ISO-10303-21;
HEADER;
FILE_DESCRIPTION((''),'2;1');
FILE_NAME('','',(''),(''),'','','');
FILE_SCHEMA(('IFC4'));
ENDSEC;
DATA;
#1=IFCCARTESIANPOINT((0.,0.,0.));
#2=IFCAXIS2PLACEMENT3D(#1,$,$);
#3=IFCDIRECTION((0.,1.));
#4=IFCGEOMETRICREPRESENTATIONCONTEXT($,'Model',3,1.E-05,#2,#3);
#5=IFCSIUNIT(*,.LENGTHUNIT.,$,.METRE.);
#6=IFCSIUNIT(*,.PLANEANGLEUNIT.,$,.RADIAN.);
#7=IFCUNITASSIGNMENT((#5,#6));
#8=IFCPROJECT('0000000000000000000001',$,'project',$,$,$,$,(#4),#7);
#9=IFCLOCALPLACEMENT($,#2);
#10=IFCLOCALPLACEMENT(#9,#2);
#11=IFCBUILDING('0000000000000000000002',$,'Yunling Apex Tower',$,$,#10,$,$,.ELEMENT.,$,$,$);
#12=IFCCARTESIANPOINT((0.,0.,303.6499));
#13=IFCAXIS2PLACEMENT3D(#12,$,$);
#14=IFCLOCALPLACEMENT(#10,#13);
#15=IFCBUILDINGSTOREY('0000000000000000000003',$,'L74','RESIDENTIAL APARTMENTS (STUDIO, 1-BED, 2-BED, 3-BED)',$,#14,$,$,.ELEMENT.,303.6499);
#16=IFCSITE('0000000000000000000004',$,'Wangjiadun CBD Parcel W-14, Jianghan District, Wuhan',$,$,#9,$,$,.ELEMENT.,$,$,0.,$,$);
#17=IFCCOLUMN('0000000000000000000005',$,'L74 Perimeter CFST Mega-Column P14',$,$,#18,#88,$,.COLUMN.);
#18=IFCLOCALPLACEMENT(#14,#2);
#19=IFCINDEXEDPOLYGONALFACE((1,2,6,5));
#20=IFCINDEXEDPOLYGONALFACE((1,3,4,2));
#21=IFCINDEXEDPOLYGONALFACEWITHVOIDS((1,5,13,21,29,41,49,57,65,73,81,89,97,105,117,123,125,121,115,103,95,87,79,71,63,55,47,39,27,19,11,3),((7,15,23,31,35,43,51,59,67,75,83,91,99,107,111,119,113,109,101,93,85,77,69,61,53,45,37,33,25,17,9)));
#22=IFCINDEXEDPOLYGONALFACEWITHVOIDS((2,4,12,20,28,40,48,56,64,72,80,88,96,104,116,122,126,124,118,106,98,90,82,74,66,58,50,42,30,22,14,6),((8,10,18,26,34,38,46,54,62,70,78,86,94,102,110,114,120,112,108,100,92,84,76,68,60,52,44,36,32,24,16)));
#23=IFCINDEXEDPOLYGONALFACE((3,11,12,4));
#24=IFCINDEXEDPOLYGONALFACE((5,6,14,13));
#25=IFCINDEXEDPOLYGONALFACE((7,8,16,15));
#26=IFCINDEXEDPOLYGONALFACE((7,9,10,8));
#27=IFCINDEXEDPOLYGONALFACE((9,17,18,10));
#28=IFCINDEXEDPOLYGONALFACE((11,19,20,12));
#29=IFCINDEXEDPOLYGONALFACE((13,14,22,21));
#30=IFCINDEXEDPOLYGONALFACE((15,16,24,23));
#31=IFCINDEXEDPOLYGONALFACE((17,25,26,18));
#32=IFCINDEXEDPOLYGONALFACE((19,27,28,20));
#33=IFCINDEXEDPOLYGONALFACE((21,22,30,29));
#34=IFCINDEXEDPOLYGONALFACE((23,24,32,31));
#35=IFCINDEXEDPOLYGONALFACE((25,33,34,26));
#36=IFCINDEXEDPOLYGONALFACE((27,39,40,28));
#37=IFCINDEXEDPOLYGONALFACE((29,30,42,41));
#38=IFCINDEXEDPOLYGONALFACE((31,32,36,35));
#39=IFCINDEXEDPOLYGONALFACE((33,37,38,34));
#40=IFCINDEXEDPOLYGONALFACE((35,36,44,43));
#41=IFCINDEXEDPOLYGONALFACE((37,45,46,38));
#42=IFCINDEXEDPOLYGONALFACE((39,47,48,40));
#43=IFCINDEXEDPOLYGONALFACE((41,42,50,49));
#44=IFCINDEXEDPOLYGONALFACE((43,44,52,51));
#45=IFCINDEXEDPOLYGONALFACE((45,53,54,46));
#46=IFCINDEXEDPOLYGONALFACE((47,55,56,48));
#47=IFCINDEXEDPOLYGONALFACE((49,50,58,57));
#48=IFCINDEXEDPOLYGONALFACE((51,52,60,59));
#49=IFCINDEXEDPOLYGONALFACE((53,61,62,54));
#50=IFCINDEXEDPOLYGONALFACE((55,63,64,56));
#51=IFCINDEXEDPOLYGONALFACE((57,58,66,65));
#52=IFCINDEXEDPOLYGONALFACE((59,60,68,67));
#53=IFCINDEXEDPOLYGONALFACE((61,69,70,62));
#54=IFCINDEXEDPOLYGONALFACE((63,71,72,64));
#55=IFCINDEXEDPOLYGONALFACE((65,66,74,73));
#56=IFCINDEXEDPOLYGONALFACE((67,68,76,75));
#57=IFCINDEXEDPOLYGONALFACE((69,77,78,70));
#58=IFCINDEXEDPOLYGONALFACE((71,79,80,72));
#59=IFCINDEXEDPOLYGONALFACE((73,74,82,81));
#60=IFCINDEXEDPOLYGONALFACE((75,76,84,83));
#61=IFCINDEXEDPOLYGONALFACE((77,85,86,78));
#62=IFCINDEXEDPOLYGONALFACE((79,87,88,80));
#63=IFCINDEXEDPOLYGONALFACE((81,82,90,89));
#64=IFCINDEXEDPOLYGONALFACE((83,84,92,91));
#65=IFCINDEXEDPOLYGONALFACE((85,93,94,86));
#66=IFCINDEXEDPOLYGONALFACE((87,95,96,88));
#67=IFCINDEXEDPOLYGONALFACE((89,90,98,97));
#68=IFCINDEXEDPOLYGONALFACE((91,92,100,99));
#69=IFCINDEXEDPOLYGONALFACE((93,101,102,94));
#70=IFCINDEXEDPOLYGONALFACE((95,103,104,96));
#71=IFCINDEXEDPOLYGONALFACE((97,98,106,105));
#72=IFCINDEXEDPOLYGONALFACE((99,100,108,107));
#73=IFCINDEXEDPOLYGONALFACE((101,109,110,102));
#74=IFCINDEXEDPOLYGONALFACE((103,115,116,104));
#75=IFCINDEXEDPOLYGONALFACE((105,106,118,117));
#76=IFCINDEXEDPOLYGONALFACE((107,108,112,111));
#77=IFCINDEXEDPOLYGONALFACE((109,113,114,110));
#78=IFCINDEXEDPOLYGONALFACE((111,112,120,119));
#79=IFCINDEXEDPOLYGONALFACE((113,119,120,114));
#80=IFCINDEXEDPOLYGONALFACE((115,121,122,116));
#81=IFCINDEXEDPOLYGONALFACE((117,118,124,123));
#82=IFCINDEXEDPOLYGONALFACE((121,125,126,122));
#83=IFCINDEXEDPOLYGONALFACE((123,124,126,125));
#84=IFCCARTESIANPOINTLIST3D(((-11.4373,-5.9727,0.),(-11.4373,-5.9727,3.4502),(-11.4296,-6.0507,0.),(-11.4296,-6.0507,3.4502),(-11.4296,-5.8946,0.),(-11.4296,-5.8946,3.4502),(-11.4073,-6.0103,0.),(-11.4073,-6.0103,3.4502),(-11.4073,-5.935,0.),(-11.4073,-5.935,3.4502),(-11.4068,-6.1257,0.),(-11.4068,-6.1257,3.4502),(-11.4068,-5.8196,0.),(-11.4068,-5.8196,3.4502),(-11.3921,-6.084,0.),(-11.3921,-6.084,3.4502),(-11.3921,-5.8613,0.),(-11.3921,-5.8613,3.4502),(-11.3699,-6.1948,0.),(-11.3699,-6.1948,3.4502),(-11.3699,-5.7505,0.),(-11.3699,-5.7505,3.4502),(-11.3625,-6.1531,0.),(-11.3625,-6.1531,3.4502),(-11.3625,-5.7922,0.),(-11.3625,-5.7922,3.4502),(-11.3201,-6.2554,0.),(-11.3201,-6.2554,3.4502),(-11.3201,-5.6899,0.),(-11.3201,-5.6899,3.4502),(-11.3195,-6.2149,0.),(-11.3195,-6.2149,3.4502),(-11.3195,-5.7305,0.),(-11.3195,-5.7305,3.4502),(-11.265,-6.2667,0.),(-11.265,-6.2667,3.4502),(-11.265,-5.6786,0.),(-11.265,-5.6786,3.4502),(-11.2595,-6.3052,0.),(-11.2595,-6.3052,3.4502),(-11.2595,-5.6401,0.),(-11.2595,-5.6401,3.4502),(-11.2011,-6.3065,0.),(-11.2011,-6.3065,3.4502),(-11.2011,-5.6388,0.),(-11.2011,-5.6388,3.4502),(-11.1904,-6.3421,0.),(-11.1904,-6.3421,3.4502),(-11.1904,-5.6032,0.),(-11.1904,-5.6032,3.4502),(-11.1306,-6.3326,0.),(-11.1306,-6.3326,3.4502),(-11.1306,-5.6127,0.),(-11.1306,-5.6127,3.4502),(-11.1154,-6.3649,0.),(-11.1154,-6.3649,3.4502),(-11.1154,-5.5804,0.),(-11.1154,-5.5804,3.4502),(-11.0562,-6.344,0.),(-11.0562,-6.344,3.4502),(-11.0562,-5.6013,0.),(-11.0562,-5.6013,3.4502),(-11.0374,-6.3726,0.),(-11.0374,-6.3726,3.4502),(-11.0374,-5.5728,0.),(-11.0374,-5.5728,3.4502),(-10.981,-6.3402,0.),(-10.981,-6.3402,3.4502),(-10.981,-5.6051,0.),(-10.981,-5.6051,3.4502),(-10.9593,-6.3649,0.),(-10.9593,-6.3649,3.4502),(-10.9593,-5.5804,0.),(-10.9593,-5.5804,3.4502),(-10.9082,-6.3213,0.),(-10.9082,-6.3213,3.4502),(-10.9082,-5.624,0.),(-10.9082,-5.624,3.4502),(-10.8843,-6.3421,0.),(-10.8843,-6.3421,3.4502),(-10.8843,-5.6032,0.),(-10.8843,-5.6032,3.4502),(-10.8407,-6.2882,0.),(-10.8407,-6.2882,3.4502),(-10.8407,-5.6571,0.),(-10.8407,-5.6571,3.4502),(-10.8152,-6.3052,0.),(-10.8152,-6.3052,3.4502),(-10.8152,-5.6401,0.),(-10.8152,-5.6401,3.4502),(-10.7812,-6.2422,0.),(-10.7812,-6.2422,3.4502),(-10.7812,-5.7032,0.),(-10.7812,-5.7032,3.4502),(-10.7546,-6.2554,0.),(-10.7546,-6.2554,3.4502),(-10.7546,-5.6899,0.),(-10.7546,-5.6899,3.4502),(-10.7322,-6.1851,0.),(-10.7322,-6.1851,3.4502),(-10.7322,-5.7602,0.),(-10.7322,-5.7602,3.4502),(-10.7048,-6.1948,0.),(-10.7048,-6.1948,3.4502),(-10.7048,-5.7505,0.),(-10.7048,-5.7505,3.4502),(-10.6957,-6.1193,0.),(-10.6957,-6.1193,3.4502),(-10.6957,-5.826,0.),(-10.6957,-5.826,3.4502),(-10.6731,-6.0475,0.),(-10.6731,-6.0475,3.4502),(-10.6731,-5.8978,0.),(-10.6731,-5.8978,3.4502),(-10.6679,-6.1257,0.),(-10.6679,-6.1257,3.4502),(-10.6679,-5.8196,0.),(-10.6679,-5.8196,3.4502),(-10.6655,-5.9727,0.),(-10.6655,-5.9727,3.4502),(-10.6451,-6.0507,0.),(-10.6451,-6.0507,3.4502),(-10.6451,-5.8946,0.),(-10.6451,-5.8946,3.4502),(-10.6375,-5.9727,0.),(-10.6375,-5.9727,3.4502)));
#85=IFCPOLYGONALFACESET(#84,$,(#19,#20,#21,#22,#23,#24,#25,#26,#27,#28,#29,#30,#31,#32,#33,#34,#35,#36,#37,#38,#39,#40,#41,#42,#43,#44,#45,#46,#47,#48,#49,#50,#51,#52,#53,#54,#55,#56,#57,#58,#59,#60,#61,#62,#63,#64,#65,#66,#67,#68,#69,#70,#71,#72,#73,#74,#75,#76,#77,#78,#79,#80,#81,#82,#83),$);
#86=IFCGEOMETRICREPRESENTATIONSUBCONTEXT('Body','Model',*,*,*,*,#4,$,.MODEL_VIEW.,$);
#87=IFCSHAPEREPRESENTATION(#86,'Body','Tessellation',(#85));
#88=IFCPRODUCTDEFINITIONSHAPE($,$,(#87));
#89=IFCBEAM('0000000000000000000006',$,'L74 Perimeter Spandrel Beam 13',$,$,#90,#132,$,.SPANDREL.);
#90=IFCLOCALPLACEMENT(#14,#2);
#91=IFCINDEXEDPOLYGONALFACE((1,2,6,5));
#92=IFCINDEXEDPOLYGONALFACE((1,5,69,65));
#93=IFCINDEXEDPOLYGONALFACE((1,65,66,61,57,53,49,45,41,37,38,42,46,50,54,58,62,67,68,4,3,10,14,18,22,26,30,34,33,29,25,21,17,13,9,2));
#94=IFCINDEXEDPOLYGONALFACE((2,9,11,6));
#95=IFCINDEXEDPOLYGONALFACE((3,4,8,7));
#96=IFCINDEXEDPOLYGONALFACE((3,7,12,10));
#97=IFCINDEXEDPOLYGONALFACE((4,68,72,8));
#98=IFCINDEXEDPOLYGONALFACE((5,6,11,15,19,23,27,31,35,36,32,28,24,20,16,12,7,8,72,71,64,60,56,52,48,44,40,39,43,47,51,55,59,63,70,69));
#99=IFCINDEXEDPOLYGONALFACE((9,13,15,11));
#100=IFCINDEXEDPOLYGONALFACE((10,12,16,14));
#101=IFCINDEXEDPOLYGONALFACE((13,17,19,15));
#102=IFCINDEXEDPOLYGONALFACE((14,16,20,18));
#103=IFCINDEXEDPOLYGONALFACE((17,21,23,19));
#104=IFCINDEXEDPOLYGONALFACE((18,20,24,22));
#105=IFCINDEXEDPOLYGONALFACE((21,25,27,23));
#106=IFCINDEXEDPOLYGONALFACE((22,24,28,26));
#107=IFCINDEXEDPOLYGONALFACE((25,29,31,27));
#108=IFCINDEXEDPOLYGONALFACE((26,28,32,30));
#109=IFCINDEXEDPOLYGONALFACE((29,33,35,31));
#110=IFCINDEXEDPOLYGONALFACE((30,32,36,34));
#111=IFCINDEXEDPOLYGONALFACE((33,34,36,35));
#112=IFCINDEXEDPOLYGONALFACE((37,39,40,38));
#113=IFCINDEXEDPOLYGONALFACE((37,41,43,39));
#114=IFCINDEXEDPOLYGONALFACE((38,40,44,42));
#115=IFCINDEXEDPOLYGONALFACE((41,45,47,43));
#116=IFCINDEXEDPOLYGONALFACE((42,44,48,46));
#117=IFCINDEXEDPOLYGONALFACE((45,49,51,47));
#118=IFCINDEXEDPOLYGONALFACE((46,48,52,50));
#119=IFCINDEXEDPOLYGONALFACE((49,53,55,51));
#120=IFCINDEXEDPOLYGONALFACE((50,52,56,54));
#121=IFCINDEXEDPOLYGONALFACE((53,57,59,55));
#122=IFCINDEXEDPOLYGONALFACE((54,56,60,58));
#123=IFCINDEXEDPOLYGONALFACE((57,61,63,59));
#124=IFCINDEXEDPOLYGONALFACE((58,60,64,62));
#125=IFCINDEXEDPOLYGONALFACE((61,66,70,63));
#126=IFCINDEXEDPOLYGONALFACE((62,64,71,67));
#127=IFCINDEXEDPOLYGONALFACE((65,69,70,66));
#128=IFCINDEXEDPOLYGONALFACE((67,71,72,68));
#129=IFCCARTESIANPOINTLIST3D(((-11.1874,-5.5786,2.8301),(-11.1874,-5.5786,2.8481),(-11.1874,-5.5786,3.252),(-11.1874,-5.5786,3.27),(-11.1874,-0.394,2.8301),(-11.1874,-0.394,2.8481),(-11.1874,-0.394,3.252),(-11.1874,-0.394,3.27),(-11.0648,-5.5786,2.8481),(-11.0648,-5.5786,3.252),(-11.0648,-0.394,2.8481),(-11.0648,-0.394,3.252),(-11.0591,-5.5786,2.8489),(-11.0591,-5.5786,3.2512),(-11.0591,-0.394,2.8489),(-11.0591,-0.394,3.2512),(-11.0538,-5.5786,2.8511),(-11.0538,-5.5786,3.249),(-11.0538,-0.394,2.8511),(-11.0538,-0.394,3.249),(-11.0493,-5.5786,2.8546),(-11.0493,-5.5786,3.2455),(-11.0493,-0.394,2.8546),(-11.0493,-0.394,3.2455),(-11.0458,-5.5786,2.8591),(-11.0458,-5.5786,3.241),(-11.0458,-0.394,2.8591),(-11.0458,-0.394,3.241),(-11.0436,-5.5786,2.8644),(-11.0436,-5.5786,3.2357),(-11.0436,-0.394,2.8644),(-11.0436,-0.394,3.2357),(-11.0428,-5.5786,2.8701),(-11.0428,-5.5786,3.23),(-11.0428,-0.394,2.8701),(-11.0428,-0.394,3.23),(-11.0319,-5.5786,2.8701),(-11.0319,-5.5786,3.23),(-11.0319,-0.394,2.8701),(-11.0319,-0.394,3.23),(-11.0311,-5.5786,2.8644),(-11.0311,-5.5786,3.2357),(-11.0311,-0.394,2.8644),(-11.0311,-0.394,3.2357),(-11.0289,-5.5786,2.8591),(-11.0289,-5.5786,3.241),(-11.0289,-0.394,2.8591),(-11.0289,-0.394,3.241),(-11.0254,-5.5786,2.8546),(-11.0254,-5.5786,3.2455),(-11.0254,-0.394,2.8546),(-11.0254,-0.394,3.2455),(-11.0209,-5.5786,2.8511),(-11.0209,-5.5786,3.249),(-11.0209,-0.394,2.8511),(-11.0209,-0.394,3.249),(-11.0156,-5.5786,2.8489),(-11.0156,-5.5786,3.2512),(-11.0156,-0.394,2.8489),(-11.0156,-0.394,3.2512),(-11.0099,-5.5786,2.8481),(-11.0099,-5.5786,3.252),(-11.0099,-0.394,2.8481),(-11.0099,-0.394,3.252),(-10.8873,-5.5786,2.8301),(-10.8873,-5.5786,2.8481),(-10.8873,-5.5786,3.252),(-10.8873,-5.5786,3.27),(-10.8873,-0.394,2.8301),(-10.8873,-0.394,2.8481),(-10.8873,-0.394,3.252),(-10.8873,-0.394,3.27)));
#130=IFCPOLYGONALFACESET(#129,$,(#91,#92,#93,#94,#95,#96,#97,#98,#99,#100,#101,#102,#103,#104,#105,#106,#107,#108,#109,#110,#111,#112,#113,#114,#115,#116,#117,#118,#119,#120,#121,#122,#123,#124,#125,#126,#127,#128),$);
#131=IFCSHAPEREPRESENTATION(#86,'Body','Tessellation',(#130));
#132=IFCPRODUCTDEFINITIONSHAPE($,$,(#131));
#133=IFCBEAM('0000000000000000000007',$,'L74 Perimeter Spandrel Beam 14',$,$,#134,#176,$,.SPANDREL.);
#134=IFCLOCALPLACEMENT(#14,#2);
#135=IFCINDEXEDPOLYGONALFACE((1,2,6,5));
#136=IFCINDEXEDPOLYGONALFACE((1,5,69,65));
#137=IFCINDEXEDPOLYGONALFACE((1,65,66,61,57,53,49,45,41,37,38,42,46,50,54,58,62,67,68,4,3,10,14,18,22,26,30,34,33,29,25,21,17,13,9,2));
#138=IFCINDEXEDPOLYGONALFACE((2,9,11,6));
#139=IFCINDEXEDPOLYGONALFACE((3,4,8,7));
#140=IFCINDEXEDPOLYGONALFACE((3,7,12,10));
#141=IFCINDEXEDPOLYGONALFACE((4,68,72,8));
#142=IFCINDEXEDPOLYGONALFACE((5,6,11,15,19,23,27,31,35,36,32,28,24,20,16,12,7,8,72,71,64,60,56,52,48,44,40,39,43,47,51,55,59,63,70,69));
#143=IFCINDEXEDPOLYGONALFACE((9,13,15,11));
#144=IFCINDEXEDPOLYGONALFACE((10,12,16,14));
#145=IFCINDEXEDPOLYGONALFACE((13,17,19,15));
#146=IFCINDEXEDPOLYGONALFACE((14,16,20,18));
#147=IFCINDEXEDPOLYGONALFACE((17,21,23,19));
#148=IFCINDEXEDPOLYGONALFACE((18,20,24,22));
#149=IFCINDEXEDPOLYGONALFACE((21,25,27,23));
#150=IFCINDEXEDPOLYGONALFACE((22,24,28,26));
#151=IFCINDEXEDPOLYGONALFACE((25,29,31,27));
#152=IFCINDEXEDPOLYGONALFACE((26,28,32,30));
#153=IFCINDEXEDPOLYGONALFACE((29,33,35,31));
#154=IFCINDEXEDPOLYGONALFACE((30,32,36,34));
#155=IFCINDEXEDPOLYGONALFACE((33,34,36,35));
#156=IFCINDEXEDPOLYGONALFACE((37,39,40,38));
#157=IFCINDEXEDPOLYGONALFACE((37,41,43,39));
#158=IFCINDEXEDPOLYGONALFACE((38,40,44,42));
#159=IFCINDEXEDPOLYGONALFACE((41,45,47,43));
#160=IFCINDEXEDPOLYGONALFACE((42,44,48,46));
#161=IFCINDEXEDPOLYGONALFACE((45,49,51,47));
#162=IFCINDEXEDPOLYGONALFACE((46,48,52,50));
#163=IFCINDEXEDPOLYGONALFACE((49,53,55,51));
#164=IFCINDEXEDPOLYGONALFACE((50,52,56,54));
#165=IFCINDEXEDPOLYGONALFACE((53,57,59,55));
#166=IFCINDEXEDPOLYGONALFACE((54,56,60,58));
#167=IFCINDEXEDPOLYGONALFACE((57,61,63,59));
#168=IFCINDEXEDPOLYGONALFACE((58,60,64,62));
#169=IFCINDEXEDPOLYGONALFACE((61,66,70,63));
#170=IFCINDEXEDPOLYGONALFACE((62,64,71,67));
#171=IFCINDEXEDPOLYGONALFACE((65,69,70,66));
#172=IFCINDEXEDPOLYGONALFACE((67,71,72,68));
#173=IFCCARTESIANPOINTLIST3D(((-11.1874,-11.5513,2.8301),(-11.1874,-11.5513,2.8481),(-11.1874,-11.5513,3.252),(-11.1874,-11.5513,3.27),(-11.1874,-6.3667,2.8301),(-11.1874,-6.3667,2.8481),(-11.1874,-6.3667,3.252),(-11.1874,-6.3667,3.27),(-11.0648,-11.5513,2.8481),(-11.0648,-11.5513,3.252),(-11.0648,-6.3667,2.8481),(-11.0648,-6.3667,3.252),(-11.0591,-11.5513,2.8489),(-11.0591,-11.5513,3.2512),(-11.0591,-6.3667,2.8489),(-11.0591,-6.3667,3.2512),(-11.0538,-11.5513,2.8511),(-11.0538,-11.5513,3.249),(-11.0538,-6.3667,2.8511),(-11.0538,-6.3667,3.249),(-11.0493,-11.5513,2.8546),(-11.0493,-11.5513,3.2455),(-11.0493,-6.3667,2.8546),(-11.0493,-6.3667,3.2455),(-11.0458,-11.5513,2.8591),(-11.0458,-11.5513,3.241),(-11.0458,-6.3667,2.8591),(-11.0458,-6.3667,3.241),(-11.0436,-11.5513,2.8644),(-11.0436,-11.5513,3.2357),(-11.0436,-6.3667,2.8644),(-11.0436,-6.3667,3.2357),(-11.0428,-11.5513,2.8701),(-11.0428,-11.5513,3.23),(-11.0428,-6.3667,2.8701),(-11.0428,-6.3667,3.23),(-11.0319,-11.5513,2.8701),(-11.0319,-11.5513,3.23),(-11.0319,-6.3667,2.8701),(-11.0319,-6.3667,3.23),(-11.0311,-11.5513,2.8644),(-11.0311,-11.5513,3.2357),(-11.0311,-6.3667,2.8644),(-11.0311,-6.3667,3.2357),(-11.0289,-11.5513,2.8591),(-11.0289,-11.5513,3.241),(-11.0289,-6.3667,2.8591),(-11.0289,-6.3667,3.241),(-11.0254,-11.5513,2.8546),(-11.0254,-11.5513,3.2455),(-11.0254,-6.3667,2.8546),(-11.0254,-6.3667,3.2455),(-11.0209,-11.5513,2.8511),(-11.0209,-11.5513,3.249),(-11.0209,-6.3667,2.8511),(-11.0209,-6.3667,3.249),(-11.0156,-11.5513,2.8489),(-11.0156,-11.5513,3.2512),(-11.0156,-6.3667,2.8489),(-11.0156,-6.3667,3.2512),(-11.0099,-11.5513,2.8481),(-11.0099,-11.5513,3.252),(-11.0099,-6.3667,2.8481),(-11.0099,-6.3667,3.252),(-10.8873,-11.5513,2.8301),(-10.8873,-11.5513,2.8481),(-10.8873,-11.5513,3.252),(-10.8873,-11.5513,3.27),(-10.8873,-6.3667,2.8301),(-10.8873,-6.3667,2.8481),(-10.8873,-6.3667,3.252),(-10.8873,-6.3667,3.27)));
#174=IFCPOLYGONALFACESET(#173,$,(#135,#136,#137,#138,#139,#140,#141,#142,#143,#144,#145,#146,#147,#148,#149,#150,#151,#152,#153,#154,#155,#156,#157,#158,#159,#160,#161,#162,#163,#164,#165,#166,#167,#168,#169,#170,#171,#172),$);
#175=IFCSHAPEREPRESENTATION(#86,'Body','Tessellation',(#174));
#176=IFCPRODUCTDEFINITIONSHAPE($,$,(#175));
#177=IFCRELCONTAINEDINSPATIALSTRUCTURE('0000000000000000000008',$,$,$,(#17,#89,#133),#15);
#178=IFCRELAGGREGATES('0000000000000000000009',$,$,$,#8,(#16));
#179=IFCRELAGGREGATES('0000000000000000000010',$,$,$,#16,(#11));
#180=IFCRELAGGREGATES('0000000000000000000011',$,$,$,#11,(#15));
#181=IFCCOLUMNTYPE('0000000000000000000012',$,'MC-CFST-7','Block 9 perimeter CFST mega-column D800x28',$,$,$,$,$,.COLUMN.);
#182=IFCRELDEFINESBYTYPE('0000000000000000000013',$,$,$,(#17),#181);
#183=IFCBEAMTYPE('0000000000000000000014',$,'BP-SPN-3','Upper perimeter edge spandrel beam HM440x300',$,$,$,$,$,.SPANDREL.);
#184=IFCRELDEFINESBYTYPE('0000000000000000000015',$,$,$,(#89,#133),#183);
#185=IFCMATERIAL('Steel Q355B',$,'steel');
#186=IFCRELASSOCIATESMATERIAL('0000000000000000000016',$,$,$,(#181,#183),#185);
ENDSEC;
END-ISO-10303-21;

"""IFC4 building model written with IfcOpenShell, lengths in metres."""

from ifc_helpers import new_model, si_unit, direction, frame, origin, origin_2d, place, context, subcontext, project, spatial, hollow_circle, i_section, extrude, source, transform, mapped, material, material_profile, profile_set, type_object, element, save


model = new_model("IFC4")

# Units and contexts
model_context = context("Model", 3, precision=1e-05, world=origin(), true_north=direction((0.0, 1.0)))
body_context = subcontext(model_context, "Body", "Model", "MODEL_VIEW")
ifc_project = project(units=[si_unit("LENGTHUNIT", "METRE"), si_unit("PLANEANGLEUNIT", "RADIAN")], contexts=[model_context])

# Site, building, storey
site_placement = place(None, origin())
site = spatial("IfcSite", under=ifc_project, at=site_placement, Name="Wangjiadun CBD Parcel W-14, Jianghan District, Wuhan", CompositionType="ELEMENT", RefElevation=0.0)
building_placement = place(site_placement, origin())
building = spatial("IfcBuilding", under=site, at=building_placement, Name="Yunling Apex Tower", CompositionType="ELEMENT")
storey_placement = place(building_placement, frame((0.0, 0.0, 303.6499)))
storey = spatial("IfcBuildingStorey", under=building, at=storey_placement, Name="L74", Description="RESIDENTIAL APARTMENTS (STUDIO, 1-BED, 2-BED, 3-BED)", CompositionType="ELEMENT", Elevation=303.6499)

# Column
ifc_material_1 = material(Name="Steel Q355B", Category="steel")
ifc_material_profile_1 = material_profile(ifc_material_1, hollow_circle(Radius=0.3999, WallThickness=0.0281, at=origin_2d()))
ifc_profile_set_1 = profile_set([ifc_material_profile_1], Name="Steel Q355B")
column_type = type_object("IfcColumnType", Name="MC-CFST-7", Description="Block 9 perimeter CFST mega-column D800x28", PredefinedType="COLUMN", material=ifc_profile_set_1)
shared_shape_1 = source(origin(), body_context, "Body", "SweptSolid", [
    extrude(hollow_circle(Radius=0.3999, WallThickness=0.0281, at=origin_2d()), origin(), (0.0, 0.0, 1.0), 3.4502),
])
column_placement = place(storey_placement, frame((-11.0374, -5.9727, 0.0), z_axis=(0.0, 0.0, 1.0), x_axis=(1.0, 0.0, 0.0)))
element("IfcColumn", 1, at=column_placement, inside=storey, type_object=column_type, Name="L74 Perimeter CFST Mega-Column P14", PredefinedType="COLUMN", context=body_context, shape_type="MappedRepresentation", body=[
    mapped(shared_shape_1, transform((0.0, 0.0, 0.0), scale=1.0)),
])

# Beams
ifc_material_profile_2 = material_profile(ifc_material_1, i_section(OverallWidth=0.3, OverallDepth=0.4399, WebThickness=0.011, FlangeThickness=0.0181, FilletRadius=0.022, at=origin_2d()))
ifc_profile_set_2 = profile_set([ifc_material_profile_2], Name="Steel Q355B")
beam_type_1 = type_object("IfcBeamType", Name="BP-SPN-3", Description="Upper perimeter edge spandrel beam HM440x300", PredefinedType="SPANDREL", material=ifc_profile_set_2)
shared_shape_2 = source(origin(), body_context, "Body", "SweptSolid", [
    extrude(i_section(OverallWidth=0.3, OverallDepth=0.4399, WebThickness=0.011, FlangeThickness=0.0181, FilletRadius=0.022, at=origin_2d()), origin(), (0.0, 0.0, 1.0), 5.1846),
])
for number, where, z_axis, x_axis, name in (
    (2, (-11.0374, -0.394, 3.05), (0.0, -1.0, 0.0), (1.0, 0.0, 0.0), "L74 Perimeter Spandrel Beam 13"),
    (3, (-11.0374, -6.3667, 3.05), (0.0, -1.0, 0.0), (1.0, 0.0, 0.0), "L74 Perimeter Spandrel Beam 14"),
):
    element("IfcBeam", number, at=place(storey_placement, frame(where, z_axis=z_axis, x_axis=x_axis)), inside=storey, type_object=beam_type_1, Name=name, PredefinedType="SPANDREL", context=body_context, shape_type="MappedRepresentation", body=[
        mapped(shared_shape_2, transform((0.0, 0.0, 0.0), scale=1.0)),
    ])

save(model, "model.ifc")
